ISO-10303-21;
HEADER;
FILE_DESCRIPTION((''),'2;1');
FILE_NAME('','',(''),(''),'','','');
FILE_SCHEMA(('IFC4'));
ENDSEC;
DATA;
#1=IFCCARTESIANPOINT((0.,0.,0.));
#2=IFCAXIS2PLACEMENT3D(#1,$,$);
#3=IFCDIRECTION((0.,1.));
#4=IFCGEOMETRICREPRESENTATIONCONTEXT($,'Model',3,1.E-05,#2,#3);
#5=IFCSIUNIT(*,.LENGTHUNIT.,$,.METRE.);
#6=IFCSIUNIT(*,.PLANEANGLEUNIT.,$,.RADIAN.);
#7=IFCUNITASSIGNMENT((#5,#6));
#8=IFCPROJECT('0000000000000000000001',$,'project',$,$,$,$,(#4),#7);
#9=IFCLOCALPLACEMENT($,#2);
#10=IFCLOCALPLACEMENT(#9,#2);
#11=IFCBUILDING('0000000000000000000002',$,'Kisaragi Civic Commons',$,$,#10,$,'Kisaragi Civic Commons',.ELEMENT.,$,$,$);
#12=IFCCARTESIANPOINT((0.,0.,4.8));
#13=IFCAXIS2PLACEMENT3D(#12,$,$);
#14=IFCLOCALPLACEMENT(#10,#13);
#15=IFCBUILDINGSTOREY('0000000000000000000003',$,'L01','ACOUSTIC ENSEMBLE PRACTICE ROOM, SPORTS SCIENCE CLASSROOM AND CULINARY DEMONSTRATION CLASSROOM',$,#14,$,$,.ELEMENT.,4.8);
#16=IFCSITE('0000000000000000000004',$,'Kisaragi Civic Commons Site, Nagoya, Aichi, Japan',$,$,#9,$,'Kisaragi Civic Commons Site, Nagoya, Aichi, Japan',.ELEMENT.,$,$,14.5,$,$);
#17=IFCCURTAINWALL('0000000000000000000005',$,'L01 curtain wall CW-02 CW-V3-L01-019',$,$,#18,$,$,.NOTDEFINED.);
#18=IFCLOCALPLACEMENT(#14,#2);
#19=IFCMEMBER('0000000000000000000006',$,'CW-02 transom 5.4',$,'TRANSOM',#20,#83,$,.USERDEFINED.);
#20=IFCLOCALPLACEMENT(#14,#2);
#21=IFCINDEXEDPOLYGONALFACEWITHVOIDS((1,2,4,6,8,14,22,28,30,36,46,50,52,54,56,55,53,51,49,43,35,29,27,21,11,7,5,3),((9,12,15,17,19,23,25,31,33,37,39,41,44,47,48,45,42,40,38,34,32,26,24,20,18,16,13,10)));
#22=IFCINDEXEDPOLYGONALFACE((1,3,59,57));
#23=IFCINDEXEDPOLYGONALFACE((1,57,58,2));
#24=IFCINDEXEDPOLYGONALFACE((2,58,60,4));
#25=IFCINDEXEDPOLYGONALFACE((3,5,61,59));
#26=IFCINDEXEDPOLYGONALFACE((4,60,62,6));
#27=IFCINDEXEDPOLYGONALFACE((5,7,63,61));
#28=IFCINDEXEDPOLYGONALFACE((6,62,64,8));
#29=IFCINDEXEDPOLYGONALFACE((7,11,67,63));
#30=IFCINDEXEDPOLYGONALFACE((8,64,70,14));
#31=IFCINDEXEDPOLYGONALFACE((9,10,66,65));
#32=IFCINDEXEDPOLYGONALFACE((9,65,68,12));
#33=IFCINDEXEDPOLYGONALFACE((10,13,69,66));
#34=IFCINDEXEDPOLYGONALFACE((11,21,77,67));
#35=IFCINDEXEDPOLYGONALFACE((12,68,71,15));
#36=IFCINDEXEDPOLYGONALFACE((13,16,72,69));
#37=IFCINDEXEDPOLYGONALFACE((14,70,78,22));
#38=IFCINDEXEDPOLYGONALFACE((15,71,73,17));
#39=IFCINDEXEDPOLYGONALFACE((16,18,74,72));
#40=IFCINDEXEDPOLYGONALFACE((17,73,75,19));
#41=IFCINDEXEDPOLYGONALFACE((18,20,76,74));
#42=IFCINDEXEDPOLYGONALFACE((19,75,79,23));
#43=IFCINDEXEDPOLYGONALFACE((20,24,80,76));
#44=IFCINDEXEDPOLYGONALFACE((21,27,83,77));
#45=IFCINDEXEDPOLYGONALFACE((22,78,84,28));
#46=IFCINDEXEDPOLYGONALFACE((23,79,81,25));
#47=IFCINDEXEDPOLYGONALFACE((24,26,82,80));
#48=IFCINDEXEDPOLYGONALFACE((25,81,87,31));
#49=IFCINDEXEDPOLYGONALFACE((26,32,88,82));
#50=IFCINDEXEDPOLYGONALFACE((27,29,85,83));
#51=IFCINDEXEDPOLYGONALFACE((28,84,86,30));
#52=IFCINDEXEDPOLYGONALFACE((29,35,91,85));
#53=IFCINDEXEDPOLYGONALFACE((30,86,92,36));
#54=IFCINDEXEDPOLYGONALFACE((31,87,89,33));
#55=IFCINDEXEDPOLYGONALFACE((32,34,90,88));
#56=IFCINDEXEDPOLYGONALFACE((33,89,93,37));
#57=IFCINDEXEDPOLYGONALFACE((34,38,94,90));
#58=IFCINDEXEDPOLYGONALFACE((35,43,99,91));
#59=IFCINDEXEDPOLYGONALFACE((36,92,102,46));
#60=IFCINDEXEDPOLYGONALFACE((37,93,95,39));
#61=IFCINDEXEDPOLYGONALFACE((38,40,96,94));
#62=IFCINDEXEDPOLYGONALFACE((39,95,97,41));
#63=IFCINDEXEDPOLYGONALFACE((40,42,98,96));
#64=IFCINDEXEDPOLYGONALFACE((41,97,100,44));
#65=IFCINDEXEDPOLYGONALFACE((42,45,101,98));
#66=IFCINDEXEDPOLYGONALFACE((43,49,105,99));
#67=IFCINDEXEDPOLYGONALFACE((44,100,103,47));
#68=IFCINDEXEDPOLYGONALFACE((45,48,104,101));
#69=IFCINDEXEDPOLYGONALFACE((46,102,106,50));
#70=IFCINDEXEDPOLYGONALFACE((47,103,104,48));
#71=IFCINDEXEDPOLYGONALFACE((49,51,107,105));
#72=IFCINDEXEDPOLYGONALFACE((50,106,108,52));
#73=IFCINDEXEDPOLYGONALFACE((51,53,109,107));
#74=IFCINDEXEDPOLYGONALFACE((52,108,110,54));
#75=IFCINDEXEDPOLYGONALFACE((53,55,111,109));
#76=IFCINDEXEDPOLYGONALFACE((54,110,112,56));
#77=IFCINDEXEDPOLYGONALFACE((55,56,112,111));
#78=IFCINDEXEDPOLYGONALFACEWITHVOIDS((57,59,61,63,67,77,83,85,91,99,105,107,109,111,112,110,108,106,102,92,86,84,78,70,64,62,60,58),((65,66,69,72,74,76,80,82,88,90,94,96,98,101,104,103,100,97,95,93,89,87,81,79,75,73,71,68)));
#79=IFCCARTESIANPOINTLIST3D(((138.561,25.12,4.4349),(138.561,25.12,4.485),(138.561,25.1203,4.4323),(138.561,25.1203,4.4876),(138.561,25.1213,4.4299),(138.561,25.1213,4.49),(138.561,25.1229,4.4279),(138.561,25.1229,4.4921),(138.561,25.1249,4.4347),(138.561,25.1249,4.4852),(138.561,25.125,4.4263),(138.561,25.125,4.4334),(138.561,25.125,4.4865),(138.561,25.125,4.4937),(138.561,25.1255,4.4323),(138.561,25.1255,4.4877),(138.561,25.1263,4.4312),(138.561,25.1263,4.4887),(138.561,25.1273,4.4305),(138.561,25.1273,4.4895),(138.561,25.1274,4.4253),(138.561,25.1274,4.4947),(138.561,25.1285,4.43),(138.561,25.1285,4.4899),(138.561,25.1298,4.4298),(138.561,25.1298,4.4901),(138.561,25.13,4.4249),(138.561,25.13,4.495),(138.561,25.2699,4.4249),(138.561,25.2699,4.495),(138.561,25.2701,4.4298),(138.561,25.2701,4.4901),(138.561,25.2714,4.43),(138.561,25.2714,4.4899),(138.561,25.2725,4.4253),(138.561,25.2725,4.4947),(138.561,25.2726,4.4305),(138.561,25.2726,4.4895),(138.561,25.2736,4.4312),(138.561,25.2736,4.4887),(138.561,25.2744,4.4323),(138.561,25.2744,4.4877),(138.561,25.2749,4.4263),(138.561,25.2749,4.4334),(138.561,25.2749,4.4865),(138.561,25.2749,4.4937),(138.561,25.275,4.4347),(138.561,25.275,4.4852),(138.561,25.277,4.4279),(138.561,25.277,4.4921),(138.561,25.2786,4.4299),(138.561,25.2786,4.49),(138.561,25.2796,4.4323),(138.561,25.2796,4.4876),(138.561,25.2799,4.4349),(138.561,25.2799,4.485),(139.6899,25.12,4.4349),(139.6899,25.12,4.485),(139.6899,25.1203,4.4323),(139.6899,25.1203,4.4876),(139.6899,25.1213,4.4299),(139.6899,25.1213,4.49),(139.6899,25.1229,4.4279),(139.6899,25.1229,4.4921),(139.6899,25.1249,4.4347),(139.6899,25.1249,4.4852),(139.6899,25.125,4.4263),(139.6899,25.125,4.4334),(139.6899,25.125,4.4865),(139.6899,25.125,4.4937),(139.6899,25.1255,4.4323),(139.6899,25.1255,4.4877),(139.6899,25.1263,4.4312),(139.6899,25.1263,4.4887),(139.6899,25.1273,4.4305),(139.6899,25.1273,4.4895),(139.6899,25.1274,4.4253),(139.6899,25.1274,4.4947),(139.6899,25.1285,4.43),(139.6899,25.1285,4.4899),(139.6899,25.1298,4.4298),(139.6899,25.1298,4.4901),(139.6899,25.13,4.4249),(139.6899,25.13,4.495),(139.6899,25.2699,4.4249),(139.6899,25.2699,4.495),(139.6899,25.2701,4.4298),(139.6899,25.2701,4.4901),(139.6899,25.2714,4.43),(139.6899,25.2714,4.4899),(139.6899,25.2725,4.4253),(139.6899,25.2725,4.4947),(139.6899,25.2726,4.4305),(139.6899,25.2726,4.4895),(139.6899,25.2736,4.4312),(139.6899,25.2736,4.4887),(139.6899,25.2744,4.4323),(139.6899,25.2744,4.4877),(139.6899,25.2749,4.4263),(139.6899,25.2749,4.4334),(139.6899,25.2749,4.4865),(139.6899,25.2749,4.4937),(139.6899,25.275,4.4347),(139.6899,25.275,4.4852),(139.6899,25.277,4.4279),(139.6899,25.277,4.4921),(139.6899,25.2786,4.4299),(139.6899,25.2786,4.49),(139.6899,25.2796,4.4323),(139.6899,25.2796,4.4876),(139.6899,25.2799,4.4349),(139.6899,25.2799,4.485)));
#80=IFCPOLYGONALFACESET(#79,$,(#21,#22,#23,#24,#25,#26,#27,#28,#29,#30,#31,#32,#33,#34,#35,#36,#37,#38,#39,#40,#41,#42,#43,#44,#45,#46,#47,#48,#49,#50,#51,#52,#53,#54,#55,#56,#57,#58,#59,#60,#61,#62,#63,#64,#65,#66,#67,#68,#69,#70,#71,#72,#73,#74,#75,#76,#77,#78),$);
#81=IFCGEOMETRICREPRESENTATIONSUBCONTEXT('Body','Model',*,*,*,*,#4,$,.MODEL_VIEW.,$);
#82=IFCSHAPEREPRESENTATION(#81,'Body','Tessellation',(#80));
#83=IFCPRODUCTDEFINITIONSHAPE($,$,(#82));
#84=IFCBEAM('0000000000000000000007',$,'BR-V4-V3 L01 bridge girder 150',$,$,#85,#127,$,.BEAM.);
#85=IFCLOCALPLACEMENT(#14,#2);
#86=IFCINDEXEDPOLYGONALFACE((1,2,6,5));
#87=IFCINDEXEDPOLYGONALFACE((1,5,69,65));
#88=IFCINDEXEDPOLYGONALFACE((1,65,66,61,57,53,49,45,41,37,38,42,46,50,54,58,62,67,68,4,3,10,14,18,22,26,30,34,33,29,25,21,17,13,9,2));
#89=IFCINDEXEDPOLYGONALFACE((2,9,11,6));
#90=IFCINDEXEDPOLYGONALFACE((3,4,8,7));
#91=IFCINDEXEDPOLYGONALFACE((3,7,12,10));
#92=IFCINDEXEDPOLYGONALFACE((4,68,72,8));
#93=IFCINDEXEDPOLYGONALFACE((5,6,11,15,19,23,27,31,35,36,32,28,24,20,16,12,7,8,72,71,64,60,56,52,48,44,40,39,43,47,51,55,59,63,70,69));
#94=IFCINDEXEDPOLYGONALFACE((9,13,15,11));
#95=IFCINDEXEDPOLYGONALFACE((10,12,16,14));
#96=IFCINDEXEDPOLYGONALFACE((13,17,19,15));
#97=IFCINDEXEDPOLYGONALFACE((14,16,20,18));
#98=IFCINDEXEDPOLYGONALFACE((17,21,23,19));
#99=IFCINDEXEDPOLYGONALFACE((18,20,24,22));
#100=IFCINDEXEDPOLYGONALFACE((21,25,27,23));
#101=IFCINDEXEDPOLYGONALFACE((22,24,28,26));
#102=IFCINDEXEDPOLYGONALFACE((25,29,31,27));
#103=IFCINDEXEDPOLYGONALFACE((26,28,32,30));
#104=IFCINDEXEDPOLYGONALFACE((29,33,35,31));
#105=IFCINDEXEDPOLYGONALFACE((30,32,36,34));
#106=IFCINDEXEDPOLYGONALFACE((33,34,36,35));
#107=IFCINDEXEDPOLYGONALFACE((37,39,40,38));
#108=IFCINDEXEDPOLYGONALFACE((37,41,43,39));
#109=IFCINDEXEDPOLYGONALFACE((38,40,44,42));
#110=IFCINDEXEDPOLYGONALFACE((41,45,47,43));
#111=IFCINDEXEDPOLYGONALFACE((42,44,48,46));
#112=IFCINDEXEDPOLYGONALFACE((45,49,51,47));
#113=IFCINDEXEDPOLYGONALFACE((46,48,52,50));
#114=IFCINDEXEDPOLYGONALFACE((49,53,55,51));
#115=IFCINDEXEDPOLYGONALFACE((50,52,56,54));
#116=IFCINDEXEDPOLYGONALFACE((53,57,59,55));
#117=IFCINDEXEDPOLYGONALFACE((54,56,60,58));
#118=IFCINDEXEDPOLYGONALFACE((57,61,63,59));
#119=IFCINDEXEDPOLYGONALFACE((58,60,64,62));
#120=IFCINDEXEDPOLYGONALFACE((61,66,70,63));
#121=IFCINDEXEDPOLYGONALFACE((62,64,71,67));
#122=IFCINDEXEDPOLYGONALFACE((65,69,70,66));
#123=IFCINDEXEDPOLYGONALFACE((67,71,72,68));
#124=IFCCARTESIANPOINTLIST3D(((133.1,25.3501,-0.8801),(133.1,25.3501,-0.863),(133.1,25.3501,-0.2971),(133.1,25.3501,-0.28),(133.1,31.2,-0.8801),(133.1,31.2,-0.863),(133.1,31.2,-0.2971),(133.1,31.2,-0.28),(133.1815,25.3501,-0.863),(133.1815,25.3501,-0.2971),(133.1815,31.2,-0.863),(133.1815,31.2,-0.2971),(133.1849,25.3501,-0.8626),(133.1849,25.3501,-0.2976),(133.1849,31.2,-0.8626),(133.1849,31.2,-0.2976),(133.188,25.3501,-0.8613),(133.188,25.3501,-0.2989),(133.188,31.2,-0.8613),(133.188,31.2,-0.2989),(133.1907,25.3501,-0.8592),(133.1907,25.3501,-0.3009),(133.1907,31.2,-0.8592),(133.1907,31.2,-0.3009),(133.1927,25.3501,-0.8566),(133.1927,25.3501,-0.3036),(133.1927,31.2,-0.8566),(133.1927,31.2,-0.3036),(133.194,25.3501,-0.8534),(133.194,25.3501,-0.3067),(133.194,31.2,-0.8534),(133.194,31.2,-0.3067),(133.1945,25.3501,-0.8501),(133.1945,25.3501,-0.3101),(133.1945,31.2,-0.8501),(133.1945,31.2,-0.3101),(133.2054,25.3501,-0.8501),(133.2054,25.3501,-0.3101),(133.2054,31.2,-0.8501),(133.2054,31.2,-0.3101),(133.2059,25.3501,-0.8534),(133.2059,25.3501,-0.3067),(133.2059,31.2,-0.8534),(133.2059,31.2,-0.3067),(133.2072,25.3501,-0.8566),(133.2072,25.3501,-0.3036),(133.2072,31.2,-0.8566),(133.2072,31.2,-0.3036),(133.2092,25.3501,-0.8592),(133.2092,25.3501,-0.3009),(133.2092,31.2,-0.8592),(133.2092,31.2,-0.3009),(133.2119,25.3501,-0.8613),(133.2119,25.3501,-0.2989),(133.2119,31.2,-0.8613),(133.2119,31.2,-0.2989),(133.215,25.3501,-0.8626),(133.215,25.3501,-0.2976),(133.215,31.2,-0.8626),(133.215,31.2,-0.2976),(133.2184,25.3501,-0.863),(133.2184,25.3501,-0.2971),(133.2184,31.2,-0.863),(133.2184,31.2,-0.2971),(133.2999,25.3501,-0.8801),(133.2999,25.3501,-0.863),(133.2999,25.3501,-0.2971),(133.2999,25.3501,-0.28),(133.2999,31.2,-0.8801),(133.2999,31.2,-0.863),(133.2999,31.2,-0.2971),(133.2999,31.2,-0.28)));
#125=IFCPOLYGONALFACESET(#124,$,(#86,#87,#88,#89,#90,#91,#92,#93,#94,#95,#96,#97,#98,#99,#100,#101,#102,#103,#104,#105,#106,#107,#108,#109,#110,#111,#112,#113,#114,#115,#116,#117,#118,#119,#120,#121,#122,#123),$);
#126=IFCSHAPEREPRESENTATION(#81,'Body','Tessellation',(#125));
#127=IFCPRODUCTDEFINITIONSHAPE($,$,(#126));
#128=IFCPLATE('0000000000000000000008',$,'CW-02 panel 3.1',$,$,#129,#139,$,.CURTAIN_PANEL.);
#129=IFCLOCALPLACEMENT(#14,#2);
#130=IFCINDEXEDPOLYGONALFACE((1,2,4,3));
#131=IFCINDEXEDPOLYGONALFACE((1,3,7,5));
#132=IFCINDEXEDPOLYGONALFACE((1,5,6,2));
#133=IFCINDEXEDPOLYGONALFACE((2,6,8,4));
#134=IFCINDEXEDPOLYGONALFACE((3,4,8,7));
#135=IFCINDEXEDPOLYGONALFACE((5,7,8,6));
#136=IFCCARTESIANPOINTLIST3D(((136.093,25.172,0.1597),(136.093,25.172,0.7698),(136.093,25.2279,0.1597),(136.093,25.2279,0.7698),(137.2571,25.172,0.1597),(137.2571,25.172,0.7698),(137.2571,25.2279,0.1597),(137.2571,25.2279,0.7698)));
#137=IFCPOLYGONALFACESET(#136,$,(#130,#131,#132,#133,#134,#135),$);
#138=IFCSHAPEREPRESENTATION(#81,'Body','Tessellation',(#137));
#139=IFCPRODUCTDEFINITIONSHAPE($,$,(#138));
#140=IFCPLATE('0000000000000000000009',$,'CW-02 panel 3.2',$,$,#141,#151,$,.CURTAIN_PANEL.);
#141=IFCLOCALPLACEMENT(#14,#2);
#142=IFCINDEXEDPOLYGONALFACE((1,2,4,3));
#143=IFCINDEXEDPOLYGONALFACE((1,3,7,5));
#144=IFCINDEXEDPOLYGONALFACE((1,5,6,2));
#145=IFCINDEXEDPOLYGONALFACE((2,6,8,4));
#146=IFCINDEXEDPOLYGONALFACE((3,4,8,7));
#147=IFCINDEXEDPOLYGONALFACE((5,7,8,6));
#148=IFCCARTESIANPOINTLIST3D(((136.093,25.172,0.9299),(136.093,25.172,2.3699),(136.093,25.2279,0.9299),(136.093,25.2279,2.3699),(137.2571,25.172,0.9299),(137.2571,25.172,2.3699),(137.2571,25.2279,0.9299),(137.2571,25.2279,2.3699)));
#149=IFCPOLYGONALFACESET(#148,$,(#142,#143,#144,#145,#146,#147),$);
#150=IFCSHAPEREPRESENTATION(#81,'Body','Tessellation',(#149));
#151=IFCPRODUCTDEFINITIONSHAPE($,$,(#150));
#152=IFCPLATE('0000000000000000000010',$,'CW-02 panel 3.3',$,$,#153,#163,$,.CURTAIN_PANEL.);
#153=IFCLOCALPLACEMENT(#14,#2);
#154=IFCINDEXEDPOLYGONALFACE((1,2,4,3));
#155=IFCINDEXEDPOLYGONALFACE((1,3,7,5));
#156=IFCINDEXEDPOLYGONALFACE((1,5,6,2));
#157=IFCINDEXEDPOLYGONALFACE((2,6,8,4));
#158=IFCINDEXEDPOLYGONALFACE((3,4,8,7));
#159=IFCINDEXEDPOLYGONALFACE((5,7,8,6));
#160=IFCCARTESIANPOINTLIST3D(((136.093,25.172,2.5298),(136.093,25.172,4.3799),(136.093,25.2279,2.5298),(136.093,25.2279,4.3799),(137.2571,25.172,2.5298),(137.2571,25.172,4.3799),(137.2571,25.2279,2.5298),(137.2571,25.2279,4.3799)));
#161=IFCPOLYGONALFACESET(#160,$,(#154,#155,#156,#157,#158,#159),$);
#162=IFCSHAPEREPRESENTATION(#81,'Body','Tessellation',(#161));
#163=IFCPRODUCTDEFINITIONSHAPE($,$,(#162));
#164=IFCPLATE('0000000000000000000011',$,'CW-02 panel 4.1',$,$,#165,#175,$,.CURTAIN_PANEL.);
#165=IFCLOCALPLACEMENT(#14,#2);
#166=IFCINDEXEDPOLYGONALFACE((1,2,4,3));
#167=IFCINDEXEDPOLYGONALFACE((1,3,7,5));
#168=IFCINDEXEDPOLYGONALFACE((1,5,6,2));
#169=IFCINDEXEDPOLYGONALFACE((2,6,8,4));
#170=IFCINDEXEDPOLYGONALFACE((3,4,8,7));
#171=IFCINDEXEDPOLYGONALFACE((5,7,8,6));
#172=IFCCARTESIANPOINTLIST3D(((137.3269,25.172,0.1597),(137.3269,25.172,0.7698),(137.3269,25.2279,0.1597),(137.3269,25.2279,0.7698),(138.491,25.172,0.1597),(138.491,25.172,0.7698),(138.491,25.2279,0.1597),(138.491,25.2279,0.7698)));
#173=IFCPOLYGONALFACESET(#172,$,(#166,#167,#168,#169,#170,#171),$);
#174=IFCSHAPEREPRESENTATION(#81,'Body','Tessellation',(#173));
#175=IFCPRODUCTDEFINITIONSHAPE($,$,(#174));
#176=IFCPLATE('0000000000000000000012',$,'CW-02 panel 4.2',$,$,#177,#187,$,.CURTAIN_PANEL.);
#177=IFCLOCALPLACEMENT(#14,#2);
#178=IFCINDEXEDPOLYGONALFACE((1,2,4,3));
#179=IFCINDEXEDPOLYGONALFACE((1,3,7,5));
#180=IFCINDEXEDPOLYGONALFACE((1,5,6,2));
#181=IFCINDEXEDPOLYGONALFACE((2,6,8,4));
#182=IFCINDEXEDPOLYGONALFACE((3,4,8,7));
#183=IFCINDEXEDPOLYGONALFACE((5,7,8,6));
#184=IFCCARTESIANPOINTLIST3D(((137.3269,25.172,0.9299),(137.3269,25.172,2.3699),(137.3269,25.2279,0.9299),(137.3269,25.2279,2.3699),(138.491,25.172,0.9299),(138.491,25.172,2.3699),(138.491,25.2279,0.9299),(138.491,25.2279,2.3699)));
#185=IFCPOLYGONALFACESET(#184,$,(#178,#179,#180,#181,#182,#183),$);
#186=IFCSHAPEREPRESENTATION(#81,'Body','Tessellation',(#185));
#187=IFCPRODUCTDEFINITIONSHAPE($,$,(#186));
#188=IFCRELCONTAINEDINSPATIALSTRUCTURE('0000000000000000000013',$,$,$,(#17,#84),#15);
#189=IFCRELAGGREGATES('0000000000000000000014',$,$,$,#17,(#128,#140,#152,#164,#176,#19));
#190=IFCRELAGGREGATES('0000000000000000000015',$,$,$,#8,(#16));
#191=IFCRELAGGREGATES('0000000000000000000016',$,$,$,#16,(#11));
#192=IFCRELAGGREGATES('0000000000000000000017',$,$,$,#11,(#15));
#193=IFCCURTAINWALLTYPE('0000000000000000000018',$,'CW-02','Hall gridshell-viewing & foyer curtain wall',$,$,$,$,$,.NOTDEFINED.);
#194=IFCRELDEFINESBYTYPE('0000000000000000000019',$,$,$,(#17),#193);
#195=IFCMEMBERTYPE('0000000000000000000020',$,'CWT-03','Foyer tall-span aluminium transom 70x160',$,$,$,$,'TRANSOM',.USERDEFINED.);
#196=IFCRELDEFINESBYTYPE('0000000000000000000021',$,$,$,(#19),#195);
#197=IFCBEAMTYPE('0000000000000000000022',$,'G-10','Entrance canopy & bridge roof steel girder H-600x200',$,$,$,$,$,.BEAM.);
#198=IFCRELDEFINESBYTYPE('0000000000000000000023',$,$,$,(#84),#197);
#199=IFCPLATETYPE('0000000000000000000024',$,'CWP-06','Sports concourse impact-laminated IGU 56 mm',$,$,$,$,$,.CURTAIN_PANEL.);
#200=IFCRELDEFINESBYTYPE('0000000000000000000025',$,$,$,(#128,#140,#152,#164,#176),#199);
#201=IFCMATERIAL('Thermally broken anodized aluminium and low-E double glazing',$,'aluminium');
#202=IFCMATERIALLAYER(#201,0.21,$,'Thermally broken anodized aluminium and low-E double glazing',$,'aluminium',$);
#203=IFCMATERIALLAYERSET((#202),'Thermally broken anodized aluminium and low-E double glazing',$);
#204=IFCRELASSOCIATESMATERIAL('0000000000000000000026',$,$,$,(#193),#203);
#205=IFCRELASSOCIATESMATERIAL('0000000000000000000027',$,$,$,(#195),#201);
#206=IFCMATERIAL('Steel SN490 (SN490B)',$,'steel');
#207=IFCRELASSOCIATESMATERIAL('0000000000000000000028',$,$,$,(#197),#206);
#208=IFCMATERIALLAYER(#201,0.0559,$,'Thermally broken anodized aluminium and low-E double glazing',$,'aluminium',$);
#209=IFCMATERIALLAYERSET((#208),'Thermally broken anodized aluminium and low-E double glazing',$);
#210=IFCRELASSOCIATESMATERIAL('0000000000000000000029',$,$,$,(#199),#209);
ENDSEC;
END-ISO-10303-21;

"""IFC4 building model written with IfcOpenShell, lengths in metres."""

from ifc_helpers import new_model, si_unit, direction, frame, origin, origin_2d, place, context, subcontext, project, spatial, rectangle, hollow_rectangle, i_section, extrude, material, layer, layer_set, material_profile, profile_set, type_object, element, aggregate, save


model = new_model("IFC4")

# Units and contexts
model_context = context("Model", 3, precision=1e-05, world=origin(), true_north=direction((0.0, 1.0)))
body_context = subcontext(model_context, "Body", "Model", "MODEL_VIEW")
ifc_project = project(units=[si_unit("LENGTHUNIT", "METRE"), si_unit("PLANEANGLEUNIT", "RADIAN")], contexts=[model_context])

# Site, building, storey
site_placement = place(None, origin())
site = spatial("IfcSite", under=ifc_project, at=site_placement, Name="Kisaragi Civic Commons Site, Nagoya, Aichi, Japan", LongName="Kisaragi Civic Commons Site, Nagoya, Aichi, Japan", CompositionType="ELEMENT", RefElevation=14.5)
building_placement = place(site_placement, origin())
building = spatial("IfcBuilding", under=site, at=building_placement, Name="Kisaragi Civic Commons", LongName="Kisaragi Civic Commons", CompositionType="ELEMENT")
storey_placement = place(building_placement, frame((0.0, 0.0, 4.8)))
storey = spatial("IfcBuildingStorey", under=building, at=storey_placement, Name="L01", Description="ACOUSTIC ENSEMBLE PRACTICE ROOM, SPORTS SCIENCE CLASSROOM AND CULINARY DEMONSTRATION CLASSROOM", CompositionType="ELEMENT", Elevation=4.8)

# Curtain wall, member
ifc_material_1 = material(Name="Thermally broken anodized aluminium and low-E double glazing", Category="aluminium")
ifc_layer_1 = layer(ifc_material_1, 0.21, Name="Thermally broken anodized aluminium and low-E double glazing", Category="aluminium")
ifc_layer_set_1 = layer_set([ifc_layer_1], Name="Thermally broken anodized aluminium and low-E double glazing")
curtain_wall_type = type_object("IfcCurtainWallType", Name="CW-02", Description="Hall gridshell-viewing & foyer curtain wall", PredefinedType="NOTDEFINED", material=ifc_layer_set_1)
curtain_wall_placement = place(storey_placement, origin())
curtain_wall = element("IfcCurtainWall", 1, at=curtain_wall_placement, inside=storey, type_object=curtain_wall_type, Name="L01 curtain wall CW-02 CW-V3-L01-019", PredefinedType="NOTDEFINED")
ifc_material_profile_1 = material_profile(ifc_material_1, hollow_rectangle(XDim=0.1599, YDim=0.0701, WallThickness=0.0049, InnerFilletRadius=0.0049, OuterFilletRadius=0.01, at=origin_2d()), Name="CWT-70x160x5", Category="aluminium")
ifc_profile_set_1 = profile_set([ifc_material_profile_1], Name="Thermally broken anodized aluminium and low-E double glazing")
member_type_1 = type_object("IfcMemberType", Name="CWT-03", Description="Foyer tall-span aluminium transom 70x160", ElementType="TRANSOM", PredefinedType="USERDEFINED", material=ifc_profile_set_1)
member_1_placement = place(storey_placement, frame((138.561, 25.2, 4.46), z_axis=(1.0, 0.0, 0.0), x_axis=(0.0, 1.0, 0.0)))
member_1 = element("IfcMember", 2, at=member_1_placement, type_object=member_type_1, Name="CW-02 transom 5.4", ObjectType="TRANSOM", PredefinedType="USERDEFINED", context=body_context, shape_type="SweptSolid", body=[
    extrude(hollow_rectangle(XDim=0.1599, YDim=0.0701, WallThickness=0.0049, InnerFilletRadius=0.0049, OuterFilletRadius=0.01, at=origin_2d()), origin(), (0.0, 0.0, 1.0), 1.1289),
])

# Beam
ifc_material_2 = material(Name="Steel SN490 (SN490B)", Category="steel")
ifc_material_profile_2 = material_profile(ifc_material_2, i_section(OverallWidth=0.2, OverallDepth=0.6001, WebThickness=0.011, FlangeThickness=0.0171, FilletRadius=0.0129, at=origin_2d()), Name="H-600x200x11x17", Category="steel")
ifc_profile_set_2 = profile_set([ifc_material_profile_2], Name="Steel SN490 (SN490B)")
beam_type = type_object("IfcBeamType", Name="G-10", Description="Entrance canopy & bridge roof steel girder H-600x200", PredefinedType="BEAM", material=ifc_profile_set_2)
beam_placement = place(storey_placement, frame((133.2, 31.2, -0.5801), z_axis=(0.0, -1.0, 0.0), x_axis=(1.0, 0.0, 0.0)))
element("IfcBeam", 3, at=beam_placement, inside=storey, type_object=beam_type, Name="BR-V4-V3 L01 bridge girder 150", PredefinedType="BEAM", context=body_context, shape_type="SweptSolid", body=[
    extrude(i_section(OverallWidth=0.2, OverallDepth=0.6001, WebThickness=0.011, FlangeThickness=0.0171, FilletRadius=0.0129, at=origin_2d()), origin(), (0.0, 0.0, 1.0), 5.8499),
])

# Plates
ifc_layer_2 = layer(ifc_material_1, 0.0559, Name="Thermally broken anodized aluminium and low-E double glazing", Category="aluminium")
ifc_layer_set_2 = layer_set([ifc_layer_2], Name="Thermally broken anodized aluminium and low-E double glazing")
plate_type = type_object("IfcPlateType", Name="CWP-06", Description="Sports concourse impact-laminated IGU 56 mm", PredefinedType="CURTAIN_PANEL", material=ifc_layer_set_2)
plate_1_placement = place(storey_placement, frame((136.675, 25.2, 0.1597), z_axis=(0.0, 0.0, 1.0), x_axis=(1.0, 0.0, 0.0)))
plate_1 = element("IfcPlate", 4, at=plate_1_placement, type_object=plate_type, Name="CW-02 panel 3.1", PredefinedType="CURTAIN_PANEL", context=body_context, shape_type="SweptSolid", body=[
    extrude(rectangle(XDim=1.1641, YDim=0.0559, at=origin_2d()), origin(), (0.0, 0.0, 1.0), 0.6101),
])
plate_2_placement = place(storey_placement, frame((136.675, 25.2, 0.9299), z_axis=(0.0, 0.0, 1.0), x_axis=(1.0, 0.0, 0.0)))
plate_2 = element("IfcPlate", 5, at=plate_2_placement, type_object=plate_type, Name="CW-02 panel 3.2", PredefinedType="CURTAIN_PANEL", context=body_context, shape_type="SweptSolid", body=[
    extrude(rectangle(XDim=1.1641, YDim=0.0559, at=origin_2d()), origin(), (0.0, 0.0, 1.0), 1.4399),
])
plate_3_placement = place(storey_placement, frame((136.675, 25.2, 2.5298), z_axis=(0.0, 0.0, 1.0), x_axis=(1.0, 0.0, 0.0)))
plate_3 = element("IfcPlate", 6, at=plate_3_placement, type_object=plate_type, Name="CW-02 panel 3.3", PredefinedType="CURTAIN_PANEL", context=body_context, shape_type="SweptSolid", body=[
    extrude(rectangle(XDim=1.1641, YDim=0.0559, at=origin_2d()), origin(), (0.0, 0.0, 1.0), 1.8501),
])
plate_4_placement = place(storey_placement, frame((137.9089, 25.2, 0.1597), z_axis=(0.0, 0.0, 1.0), x_axis=(1.0, 0.0, 0.0)))
plate_4 = element("IfcPlate", 7, at=plate_4_placement, type_object=plate_type, Name="CW-02 panel 4.1", PredefinedType="CURTAIN_PANEL", context=body_context, shape_type="SweptSolid", body=[
    extrude(rectangle(XDim=1.1641, YDim=0.0559, at=origin_2d()), origin(), (0.0, 0.0, 1.0), 0.6101),
])
plate_5_placement = place(storey_placement, frame((137.9089, 25.2, 0.9299), z_axis=(0.0, 0.0, 1.0), x_axis=(1.0, 0.0, 0.0)))
plate_5 = element("IfcPlate", 8, at=plate_5_placement, type_object=plate_type, Name="CW-02 panel 4.2", PredefinedType="CURTAIN_PANEL", context=body_context, shape_type="SweptSolid", body=[
    extrude(rectangle(XDim=1.1641, YDim=0.0559, at=origin_2d()), origin(), (0.0, 0.0, 1.0), 1.4399),
])
aggregate(curtain_wall, [plate_1, plate_2, plate_3, plate_4, plate_5, member_1])

save(model, "model.ifc")
